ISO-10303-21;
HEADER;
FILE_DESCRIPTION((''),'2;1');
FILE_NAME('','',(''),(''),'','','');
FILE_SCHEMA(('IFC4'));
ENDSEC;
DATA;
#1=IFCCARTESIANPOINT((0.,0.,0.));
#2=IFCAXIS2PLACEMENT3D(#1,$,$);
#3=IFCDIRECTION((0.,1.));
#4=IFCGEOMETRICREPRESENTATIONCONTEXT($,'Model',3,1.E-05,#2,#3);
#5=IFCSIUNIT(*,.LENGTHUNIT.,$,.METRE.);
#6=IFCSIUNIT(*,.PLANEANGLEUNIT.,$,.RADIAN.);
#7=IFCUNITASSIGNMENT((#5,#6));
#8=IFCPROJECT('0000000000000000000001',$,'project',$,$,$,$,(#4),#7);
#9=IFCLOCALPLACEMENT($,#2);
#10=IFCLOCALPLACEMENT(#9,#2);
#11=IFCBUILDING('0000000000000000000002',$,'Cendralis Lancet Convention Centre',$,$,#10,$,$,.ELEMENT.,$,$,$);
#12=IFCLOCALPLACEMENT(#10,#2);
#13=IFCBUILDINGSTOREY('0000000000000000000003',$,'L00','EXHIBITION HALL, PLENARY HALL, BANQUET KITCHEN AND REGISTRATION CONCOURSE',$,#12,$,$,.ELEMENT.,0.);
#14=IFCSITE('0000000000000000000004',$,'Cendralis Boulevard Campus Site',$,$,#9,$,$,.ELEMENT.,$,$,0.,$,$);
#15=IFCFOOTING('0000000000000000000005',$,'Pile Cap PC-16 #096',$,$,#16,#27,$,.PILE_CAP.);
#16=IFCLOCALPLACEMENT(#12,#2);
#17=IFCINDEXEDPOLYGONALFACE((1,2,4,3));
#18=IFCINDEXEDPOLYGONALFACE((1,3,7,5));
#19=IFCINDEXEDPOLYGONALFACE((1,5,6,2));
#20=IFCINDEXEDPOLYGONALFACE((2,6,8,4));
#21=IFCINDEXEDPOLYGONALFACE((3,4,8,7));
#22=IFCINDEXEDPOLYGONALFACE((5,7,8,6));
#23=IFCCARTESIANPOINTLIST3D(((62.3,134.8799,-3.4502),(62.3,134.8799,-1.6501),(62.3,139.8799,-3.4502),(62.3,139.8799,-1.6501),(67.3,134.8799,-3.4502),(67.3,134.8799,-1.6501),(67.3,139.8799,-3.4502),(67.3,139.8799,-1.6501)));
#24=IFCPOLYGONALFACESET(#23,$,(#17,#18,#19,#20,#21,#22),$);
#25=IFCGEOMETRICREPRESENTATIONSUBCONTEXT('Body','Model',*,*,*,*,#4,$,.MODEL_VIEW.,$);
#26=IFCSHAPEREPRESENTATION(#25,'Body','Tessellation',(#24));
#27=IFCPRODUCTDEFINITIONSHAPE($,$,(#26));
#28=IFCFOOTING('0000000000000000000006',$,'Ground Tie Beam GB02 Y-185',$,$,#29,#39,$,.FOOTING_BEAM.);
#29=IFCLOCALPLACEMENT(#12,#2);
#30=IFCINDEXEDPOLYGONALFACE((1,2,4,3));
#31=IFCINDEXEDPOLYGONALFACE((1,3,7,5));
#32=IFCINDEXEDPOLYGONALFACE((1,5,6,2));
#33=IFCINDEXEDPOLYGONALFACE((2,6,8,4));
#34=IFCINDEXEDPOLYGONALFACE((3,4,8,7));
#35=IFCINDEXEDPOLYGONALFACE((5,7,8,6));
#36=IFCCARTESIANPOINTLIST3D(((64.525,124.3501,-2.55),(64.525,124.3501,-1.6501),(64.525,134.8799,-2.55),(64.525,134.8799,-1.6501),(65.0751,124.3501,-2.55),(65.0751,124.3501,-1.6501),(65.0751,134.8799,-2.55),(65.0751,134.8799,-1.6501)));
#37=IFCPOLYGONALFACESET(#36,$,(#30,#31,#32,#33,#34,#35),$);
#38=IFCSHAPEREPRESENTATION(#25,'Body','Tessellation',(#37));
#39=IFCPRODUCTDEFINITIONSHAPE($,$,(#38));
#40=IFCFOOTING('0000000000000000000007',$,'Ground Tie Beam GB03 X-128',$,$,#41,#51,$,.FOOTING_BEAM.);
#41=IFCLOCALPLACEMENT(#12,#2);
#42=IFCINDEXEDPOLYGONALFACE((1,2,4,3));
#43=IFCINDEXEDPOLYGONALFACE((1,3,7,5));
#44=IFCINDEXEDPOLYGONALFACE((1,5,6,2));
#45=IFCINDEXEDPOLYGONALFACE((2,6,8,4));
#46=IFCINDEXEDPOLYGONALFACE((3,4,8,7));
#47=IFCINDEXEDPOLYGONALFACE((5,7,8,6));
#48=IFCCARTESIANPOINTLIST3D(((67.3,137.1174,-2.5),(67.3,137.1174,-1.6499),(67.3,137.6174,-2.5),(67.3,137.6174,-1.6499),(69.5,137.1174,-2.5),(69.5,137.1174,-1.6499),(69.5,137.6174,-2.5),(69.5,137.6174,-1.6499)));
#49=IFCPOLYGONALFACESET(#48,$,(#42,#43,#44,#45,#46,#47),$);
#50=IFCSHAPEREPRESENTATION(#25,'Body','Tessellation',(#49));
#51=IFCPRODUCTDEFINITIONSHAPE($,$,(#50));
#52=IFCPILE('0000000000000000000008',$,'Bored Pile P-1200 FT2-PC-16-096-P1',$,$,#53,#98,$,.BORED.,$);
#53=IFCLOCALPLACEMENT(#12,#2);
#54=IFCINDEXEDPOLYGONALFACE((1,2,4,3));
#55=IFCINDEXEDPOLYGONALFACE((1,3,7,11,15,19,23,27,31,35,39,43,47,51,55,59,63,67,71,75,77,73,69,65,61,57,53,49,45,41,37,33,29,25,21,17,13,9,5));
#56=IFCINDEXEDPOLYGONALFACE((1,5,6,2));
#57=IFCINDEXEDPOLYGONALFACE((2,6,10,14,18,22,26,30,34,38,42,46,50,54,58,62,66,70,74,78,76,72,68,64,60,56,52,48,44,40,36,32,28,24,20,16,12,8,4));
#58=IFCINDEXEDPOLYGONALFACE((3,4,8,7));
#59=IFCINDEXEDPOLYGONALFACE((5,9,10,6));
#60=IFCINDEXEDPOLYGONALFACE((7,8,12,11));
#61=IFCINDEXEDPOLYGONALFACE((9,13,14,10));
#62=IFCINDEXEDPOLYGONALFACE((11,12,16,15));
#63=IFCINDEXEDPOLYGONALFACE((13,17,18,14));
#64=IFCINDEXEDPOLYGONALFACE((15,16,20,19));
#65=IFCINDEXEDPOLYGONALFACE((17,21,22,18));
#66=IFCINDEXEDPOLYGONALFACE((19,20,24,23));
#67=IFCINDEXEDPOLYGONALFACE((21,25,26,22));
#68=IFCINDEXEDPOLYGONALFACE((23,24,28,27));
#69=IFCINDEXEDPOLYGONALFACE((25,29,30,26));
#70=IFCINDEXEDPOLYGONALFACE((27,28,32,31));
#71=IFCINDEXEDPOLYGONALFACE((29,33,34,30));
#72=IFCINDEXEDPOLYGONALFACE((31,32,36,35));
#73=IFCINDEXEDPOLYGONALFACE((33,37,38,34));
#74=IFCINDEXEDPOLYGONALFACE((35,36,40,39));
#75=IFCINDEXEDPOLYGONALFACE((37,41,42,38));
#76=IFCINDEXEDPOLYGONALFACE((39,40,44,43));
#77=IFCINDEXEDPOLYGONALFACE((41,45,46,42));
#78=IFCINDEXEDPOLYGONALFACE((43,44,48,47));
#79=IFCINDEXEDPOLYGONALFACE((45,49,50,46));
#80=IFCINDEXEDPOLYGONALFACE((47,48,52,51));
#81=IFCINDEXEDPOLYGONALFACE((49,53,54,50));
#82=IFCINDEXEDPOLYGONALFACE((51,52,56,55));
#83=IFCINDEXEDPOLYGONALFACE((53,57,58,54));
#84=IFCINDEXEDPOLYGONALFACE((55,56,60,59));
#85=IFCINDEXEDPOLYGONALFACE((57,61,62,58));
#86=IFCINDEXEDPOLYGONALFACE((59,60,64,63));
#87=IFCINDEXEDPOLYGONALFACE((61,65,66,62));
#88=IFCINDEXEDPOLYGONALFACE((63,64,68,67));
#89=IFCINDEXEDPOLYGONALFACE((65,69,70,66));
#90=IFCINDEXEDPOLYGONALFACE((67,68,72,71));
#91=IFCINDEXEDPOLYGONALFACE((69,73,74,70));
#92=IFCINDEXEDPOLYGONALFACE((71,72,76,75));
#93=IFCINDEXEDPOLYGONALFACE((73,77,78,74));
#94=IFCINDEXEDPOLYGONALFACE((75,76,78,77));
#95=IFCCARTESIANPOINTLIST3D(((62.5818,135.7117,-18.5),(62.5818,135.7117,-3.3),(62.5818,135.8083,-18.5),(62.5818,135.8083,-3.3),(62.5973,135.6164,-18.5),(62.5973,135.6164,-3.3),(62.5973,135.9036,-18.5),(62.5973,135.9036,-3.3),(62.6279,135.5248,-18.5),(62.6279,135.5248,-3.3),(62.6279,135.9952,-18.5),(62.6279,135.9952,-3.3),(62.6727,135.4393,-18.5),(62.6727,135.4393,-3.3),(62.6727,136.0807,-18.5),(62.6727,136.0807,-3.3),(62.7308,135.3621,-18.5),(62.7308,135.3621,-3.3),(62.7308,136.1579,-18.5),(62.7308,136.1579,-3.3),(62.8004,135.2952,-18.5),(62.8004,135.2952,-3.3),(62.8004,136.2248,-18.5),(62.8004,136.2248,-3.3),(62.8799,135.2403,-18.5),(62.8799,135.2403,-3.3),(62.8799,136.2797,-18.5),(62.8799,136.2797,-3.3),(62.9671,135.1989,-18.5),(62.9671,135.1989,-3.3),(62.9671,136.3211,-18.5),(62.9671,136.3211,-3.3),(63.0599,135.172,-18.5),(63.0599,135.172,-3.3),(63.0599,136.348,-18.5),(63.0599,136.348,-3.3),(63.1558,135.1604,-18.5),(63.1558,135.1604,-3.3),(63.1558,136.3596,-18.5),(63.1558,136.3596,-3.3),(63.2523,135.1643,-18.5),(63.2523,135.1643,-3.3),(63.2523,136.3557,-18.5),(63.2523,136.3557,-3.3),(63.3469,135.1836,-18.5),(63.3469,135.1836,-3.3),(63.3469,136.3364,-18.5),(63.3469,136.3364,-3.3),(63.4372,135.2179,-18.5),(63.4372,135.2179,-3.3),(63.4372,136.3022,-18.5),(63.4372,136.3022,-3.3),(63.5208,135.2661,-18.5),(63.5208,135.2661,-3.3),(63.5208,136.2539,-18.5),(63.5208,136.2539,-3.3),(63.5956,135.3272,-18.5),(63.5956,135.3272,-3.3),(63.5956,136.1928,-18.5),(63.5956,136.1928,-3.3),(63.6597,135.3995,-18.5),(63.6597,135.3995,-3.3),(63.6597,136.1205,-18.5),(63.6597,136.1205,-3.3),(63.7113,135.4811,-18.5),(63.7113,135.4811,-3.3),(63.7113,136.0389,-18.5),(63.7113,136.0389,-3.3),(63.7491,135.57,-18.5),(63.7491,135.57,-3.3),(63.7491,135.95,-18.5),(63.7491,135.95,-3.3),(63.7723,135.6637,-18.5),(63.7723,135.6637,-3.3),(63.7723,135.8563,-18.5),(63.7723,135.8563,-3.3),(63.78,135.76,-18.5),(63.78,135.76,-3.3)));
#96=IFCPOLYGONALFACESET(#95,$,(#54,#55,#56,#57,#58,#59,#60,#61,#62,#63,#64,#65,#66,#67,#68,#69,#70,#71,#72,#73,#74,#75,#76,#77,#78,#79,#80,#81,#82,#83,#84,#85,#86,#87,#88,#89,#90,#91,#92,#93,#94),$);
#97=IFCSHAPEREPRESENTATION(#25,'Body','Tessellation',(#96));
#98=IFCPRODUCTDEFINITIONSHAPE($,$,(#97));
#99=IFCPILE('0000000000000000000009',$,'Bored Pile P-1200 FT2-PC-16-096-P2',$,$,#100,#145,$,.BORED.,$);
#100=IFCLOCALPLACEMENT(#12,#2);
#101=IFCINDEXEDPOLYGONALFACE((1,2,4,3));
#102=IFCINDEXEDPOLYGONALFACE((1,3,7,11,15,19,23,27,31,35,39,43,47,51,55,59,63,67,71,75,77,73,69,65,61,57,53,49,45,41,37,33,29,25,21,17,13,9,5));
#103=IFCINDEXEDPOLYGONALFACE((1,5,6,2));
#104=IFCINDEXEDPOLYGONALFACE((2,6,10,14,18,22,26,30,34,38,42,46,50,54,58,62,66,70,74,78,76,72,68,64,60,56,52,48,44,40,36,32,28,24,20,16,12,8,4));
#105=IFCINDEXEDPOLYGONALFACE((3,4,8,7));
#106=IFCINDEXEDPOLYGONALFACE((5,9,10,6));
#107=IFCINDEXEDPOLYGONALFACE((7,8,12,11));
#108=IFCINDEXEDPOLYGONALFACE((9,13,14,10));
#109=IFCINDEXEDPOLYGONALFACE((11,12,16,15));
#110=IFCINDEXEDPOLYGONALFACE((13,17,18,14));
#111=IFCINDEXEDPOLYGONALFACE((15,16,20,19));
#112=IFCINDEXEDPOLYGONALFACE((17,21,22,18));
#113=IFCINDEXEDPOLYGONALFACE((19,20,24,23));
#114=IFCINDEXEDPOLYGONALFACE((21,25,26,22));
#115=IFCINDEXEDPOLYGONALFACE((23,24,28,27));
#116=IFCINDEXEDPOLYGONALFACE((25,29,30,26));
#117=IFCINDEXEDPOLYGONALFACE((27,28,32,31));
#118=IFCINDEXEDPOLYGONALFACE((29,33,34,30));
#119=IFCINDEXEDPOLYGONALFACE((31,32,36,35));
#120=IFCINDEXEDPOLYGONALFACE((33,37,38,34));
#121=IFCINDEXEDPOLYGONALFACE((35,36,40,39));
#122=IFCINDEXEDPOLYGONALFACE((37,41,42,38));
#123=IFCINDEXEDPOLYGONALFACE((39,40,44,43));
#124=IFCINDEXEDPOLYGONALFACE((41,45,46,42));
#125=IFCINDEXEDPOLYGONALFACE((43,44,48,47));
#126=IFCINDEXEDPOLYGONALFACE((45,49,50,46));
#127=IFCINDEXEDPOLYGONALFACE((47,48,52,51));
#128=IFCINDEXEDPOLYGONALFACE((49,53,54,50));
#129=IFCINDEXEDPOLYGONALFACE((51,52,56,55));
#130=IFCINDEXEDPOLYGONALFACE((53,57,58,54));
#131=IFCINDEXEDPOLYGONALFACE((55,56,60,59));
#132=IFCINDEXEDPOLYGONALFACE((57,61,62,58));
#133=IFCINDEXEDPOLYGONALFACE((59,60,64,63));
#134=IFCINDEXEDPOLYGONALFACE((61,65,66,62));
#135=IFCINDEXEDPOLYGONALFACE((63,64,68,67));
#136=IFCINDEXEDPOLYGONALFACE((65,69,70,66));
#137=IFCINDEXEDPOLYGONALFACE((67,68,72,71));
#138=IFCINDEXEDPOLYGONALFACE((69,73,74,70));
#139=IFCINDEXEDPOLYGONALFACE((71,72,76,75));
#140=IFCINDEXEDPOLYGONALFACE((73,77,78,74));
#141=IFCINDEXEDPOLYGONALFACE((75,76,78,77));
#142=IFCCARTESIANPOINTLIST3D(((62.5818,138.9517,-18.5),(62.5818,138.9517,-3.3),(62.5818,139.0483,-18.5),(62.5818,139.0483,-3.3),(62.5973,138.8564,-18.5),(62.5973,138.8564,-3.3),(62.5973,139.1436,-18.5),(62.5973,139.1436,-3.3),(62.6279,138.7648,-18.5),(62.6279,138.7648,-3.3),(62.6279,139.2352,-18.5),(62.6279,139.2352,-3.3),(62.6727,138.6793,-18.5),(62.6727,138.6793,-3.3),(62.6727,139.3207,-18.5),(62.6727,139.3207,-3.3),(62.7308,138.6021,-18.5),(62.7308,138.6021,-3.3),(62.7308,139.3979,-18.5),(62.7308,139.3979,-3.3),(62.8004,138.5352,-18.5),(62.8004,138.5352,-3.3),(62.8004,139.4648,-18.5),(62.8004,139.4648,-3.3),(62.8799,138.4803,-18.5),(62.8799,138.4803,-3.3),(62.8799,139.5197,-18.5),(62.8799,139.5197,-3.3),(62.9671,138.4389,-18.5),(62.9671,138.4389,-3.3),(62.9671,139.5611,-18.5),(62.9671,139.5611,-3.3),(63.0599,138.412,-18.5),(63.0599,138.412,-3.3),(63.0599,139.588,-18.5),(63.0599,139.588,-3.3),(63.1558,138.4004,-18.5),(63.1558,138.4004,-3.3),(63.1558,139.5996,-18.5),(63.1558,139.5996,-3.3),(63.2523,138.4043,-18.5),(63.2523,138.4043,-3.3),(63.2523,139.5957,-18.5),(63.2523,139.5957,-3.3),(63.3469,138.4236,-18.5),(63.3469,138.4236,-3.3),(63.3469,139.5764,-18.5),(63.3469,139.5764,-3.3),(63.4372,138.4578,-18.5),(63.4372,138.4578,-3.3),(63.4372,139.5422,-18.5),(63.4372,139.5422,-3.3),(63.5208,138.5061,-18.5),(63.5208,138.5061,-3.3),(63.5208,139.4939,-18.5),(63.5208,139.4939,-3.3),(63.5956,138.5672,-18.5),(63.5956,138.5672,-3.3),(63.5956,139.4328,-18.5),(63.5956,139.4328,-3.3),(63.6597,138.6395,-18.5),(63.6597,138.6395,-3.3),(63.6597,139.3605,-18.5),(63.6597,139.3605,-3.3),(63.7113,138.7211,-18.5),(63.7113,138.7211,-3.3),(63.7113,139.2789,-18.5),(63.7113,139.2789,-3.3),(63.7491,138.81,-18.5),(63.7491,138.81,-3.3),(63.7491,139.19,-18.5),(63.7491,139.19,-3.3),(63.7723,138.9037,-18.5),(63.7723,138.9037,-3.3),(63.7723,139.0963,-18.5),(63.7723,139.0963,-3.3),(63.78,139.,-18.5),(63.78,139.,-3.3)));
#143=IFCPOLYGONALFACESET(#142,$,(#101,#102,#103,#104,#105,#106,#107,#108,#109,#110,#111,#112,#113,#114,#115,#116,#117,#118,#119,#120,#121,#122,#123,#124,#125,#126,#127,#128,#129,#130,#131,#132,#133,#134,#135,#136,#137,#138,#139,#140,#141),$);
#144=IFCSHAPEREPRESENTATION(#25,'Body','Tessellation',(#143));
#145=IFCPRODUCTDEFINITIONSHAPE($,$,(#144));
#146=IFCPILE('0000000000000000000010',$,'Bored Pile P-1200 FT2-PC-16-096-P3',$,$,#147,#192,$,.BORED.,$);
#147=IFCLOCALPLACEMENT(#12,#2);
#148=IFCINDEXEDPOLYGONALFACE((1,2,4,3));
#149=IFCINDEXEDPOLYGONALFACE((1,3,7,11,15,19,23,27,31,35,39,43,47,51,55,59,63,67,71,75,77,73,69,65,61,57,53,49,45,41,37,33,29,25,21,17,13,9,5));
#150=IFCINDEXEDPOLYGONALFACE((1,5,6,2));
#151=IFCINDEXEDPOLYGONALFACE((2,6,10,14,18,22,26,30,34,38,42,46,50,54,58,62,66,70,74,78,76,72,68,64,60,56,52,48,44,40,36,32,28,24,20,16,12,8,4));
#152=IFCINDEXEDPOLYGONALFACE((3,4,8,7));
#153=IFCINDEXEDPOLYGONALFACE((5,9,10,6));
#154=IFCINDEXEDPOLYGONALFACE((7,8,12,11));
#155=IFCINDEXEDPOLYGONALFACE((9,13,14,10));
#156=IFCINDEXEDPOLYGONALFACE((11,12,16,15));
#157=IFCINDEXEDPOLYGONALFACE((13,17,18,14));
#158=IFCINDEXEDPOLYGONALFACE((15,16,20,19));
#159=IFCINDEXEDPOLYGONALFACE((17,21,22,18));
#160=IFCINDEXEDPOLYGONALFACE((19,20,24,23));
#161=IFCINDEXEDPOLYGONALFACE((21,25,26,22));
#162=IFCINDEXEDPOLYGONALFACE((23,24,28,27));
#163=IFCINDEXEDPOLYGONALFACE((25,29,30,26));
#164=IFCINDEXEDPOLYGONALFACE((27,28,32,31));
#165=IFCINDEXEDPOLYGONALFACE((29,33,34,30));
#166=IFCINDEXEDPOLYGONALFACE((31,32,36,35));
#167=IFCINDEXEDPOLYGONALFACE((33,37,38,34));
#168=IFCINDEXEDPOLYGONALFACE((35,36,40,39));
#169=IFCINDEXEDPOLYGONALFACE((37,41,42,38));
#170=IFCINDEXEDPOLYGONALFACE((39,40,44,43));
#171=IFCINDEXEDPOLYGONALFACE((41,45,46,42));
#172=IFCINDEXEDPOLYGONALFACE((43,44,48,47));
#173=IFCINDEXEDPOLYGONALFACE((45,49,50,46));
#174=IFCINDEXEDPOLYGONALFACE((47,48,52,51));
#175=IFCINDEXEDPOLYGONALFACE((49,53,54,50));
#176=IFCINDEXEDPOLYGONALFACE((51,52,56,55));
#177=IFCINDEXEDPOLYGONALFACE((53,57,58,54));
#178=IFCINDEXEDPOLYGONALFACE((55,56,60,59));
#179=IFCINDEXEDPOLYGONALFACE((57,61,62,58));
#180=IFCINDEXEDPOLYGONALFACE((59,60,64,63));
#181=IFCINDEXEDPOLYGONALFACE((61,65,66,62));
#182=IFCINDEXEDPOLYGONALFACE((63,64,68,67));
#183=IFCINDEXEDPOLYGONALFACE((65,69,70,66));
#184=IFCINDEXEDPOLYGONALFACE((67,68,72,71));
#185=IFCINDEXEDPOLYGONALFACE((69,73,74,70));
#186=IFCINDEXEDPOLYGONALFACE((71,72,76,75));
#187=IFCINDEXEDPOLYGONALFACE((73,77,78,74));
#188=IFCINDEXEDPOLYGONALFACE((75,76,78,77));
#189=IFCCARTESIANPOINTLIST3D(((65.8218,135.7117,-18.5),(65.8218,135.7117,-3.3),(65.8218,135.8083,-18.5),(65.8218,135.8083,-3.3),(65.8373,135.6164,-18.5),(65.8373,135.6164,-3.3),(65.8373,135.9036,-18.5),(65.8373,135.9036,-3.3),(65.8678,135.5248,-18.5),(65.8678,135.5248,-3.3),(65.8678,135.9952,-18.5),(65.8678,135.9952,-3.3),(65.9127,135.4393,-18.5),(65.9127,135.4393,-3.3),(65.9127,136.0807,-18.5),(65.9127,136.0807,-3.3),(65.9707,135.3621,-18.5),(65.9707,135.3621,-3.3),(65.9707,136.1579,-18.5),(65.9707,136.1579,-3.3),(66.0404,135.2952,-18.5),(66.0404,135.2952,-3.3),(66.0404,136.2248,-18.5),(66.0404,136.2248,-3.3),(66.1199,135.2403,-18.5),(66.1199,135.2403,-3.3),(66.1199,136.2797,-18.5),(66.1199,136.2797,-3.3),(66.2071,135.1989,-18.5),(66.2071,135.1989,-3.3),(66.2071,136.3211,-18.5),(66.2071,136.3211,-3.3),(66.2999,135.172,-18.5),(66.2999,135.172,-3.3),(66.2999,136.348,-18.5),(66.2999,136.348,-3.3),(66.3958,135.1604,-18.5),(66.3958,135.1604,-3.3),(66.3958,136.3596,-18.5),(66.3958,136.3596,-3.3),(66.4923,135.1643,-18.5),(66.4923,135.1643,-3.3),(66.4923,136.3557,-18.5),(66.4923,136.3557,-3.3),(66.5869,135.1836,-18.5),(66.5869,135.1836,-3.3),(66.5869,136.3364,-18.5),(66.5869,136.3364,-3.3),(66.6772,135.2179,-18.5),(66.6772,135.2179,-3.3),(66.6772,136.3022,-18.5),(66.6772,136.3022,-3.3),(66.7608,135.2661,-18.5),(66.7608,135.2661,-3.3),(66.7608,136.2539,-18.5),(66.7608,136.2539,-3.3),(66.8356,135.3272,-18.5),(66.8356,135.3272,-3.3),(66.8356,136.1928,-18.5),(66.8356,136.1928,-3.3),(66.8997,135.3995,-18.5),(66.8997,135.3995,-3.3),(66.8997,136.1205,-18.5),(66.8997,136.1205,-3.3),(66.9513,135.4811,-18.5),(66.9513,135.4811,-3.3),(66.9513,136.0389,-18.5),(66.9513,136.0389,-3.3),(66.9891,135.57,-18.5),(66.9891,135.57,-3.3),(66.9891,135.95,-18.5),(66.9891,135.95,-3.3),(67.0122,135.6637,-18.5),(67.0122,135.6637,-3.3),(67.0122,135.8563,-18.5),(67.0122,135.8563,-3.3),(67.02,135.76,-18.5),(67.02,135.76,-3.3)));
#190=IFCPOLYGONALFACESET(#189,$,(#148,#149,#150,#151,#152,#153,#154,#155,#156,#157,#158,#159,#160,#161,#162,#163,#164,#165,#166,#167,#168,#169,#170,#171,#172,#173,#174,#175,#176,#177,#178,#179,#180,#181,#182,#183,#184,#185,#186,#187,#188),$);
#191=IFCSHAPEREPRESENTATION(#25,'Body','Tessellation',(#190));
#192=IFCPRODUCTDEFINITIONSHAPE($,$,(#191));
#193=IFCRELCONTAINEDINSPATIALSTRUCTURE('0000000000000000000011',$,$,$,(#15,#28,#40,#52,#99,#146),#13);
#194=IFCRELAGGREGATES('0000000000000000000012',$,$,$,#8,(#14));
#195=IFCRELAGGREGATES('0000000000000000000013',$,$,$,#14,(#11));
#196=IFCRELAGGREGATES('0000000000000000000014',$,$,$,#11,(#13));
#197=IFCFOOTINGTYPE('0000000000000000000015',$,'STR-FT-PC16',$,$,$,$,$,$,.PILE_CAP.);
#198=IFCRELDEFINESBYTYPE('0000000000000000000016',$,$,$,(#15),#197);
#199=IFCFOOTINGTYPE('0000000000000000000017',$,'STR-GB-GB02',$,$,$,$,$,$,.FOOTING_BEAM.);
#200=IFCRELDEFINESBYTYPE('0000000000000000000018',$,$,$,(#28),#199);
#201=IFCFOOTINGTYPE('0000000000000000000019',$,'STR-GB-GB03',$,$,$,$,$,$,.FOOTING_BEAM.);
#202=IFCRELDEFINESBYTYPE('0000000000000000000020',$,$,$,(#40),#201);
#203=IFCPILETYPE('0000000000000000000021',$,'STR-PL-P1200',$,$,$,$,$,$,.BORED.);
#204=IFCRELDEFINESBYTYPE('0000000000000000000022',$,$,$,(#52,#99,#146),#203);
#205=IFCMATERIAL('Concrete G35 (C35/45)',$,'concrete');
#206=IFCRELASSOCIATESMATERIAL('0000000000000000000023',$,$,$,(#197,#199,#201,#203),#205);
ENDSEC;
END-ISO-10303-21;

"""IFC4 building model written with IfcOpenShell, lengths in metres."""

from ifc_helpers import new_model, si_unit, direction, frame, origin, origin_2d, place, context, subcontext, project, spatial, rectangle, circle, extrude, material, material_profile, profile_set, type_object, element, save


model = new_model("IFC4")

# Units and contexts
model_context = context("Model", 3, precision=1e-05, world=origin(), true_north=direction((0.0, 1.0)))
body_context = subcontext(model_context, "Body", "Model", "MODEL_VIEW")
ifc_project = project(units=[si_unit("LENGTHUNIT", "METRE"), si_unit("PLANEANGLEUNIT", "RADIAN")], contexts=[model_context])

# Site, building, storey
site_placement = place(None, origin())
site = spatial("IfcSite", under=ifc_project, at=site_placement, Name="Cendralis Boulevard Campus Site", CompositionType="ELEMENT", RefElevation=0.0)
building_placement = place(site_placement, origin())
building = spatial("IfcBuilding", under=site, at=building_placement, Name="Cendralis Lancet Convention Centre", CompositionType="ELEMENT")
storey_placement = place(building_placement, origin())
storey = spatial("IfcBuildingStorey", under=building, at=storey_placement, Name="L00", Description="EXHIBITION HALL, PLENARY HALL, BANQUET KITCHEN AND REGISTRATION CONCOURSE", CompositionType="ELEMENT", Elevation=0.0)

# Footings
ifc_material_1 = material(Name="Concrete G35 (C35/45)", Category="concrete")
footing_type_1 = type_object("IfcFootingType", Name="STR-FT-PC16", PredefinedType="PILE_CAP", material=ifc_material_1)
footing_1_placement = place(storey_placement, frame((64.8, 137.3799, -3.4502), z_axis=(0.0, 0.0, 1.0), x_axis=(1.0, 0.0, 0.0)))
element("IfcFooting", 1, at=footing_1_placement, inside=storey, type_object=footing_type_1, Name="Pile Cap PC-16 #096", PredefinedType="PILE_CAP", context=body_context, shape_type="SweptSolid", body=[
    extrude(rectangle(XDim=5.0, YDim=5.0, at=origin_2d()), origin(), (0.0, 0.0, 1.0), 1.8),
])
ifc_material_profile_1 = material_profile(ifc_material_1, rectangle(XDim=0.55, YDim=0.8999, at=origin_2d()), Name="RCB 550x900")
ifc_profile_set_1 = profile_set([ifc_material_profile_1], Name="Concrete G35 (C35/45)")
footing_type_2 = type_object("IfcFootingType", Name="STR-GB-GB02", PredefinedType="FOOTING_BEAM", material=ifc_profile_set_1)
footing_2_placement = place(storey_placement, frame((64.8, 124.3501, -2.1001), z_axis=(0.0, 1.0, 0.0), x_axis=(-1.0, 0.0, 0.0)))
element("IfcFooting", 2, at=footing_2_placement, inside=storey, type_object=footing_type_2, Name="Ground Tie Beam GB02 Y-185", PredefinedType="FOOTING_BEAM", context=body_context, shape_type="SweptSolid", body=[
    extrude(rectangle(XDim=0.55, YDim=0.8999, at=origin_2d()), origin(), (0.0, 0.0, 1.0), 10.5298),
])
ifc_material_profile_2 = material_profile(ifc_material_1, rectangle(XDim=0.5, YDim=0.8501, at=origin_2d()), Name="RCB 500x850")
ifc_profile_set_2 = profile_set([ifc_material_profile_2], Name="Concrete G35 (C35/45)")
footing_type_3 = type_object("IfcFootingType", Name="STR-GB-GB03", PredefinedType="FOOTING_BEAM", material=ifc_profile_set_2)
footing_3_placement = place(storey_placement, frame((67.3, 137.3674, -2.075), z_axis=(1.0, 0.0, 0.0), x_axis=(0.0, 1.0, 0.0)))
element("IfcFooting", 3, at=footing_3_placement, inside=storey, type_object=footing_type_3, Name="Ground Tie Beam GB03 X-128", PredefinedType="FOOTING_BEAM", context=body_context, shape_type="SweptSolid", body=[
    extrude(rectangle(XDim=0.5, YDim=0.8501, at=origin_2d()), origin(), (0.0, 0.0, 1.0), 2.2),
])

# Piles
ifc_material_profile_3 = material_profile(ifc_material_1, circle(Radius=0.6001, at=origin_2d()), Name="BORED PILE D1200")
ifc_profile_set_3 = profile_set([ifc_material_profile_3], Name="Concrete G35 (C35/45)")
pile_type = type_object("IfcPileType", Name="STR-PL-P1200", PredefinedType="BORED", material=ifc_profile_set_3)
for number, where, z_axis, x_axis, name in (
    (4, (63.1799, 135.76, -3.3), (0.0, 0.0, -1.0), (1.0, 0.0, 0.0), "Bored Pile P-1200 FT2-PC-16-096-P1"),
    (5, (63.1799, 139.0, -3.3), (0.0, 0.0, -1.0), (1.0, 0.0, 0.0), "Bored Pile P-1200 FT2-PC-16-096-P2"),
    (6, (66.4199, 135.76, -3.3), (0.0, 0.0, -1.0), (1.0, 0.0, 0.0), "Bored Pile P-1200 FT2-PC-16-096-P3"),
):
    element("IfcPile", number, at=place(storey_placement, frame(where, z_axis=z_axis, x_axis=x_axis)), inside=storey, type_object=pile_type, Name=name, PredefinedType="BORED", context=body_context, shape_type="SweptSolid", body=[
        extrude(circle(Radius=0.6001, at=origin_2d()), origin(), (0.0, 0.0, 1.0), 15.2),
    ])

save(model, "model.ifc")
